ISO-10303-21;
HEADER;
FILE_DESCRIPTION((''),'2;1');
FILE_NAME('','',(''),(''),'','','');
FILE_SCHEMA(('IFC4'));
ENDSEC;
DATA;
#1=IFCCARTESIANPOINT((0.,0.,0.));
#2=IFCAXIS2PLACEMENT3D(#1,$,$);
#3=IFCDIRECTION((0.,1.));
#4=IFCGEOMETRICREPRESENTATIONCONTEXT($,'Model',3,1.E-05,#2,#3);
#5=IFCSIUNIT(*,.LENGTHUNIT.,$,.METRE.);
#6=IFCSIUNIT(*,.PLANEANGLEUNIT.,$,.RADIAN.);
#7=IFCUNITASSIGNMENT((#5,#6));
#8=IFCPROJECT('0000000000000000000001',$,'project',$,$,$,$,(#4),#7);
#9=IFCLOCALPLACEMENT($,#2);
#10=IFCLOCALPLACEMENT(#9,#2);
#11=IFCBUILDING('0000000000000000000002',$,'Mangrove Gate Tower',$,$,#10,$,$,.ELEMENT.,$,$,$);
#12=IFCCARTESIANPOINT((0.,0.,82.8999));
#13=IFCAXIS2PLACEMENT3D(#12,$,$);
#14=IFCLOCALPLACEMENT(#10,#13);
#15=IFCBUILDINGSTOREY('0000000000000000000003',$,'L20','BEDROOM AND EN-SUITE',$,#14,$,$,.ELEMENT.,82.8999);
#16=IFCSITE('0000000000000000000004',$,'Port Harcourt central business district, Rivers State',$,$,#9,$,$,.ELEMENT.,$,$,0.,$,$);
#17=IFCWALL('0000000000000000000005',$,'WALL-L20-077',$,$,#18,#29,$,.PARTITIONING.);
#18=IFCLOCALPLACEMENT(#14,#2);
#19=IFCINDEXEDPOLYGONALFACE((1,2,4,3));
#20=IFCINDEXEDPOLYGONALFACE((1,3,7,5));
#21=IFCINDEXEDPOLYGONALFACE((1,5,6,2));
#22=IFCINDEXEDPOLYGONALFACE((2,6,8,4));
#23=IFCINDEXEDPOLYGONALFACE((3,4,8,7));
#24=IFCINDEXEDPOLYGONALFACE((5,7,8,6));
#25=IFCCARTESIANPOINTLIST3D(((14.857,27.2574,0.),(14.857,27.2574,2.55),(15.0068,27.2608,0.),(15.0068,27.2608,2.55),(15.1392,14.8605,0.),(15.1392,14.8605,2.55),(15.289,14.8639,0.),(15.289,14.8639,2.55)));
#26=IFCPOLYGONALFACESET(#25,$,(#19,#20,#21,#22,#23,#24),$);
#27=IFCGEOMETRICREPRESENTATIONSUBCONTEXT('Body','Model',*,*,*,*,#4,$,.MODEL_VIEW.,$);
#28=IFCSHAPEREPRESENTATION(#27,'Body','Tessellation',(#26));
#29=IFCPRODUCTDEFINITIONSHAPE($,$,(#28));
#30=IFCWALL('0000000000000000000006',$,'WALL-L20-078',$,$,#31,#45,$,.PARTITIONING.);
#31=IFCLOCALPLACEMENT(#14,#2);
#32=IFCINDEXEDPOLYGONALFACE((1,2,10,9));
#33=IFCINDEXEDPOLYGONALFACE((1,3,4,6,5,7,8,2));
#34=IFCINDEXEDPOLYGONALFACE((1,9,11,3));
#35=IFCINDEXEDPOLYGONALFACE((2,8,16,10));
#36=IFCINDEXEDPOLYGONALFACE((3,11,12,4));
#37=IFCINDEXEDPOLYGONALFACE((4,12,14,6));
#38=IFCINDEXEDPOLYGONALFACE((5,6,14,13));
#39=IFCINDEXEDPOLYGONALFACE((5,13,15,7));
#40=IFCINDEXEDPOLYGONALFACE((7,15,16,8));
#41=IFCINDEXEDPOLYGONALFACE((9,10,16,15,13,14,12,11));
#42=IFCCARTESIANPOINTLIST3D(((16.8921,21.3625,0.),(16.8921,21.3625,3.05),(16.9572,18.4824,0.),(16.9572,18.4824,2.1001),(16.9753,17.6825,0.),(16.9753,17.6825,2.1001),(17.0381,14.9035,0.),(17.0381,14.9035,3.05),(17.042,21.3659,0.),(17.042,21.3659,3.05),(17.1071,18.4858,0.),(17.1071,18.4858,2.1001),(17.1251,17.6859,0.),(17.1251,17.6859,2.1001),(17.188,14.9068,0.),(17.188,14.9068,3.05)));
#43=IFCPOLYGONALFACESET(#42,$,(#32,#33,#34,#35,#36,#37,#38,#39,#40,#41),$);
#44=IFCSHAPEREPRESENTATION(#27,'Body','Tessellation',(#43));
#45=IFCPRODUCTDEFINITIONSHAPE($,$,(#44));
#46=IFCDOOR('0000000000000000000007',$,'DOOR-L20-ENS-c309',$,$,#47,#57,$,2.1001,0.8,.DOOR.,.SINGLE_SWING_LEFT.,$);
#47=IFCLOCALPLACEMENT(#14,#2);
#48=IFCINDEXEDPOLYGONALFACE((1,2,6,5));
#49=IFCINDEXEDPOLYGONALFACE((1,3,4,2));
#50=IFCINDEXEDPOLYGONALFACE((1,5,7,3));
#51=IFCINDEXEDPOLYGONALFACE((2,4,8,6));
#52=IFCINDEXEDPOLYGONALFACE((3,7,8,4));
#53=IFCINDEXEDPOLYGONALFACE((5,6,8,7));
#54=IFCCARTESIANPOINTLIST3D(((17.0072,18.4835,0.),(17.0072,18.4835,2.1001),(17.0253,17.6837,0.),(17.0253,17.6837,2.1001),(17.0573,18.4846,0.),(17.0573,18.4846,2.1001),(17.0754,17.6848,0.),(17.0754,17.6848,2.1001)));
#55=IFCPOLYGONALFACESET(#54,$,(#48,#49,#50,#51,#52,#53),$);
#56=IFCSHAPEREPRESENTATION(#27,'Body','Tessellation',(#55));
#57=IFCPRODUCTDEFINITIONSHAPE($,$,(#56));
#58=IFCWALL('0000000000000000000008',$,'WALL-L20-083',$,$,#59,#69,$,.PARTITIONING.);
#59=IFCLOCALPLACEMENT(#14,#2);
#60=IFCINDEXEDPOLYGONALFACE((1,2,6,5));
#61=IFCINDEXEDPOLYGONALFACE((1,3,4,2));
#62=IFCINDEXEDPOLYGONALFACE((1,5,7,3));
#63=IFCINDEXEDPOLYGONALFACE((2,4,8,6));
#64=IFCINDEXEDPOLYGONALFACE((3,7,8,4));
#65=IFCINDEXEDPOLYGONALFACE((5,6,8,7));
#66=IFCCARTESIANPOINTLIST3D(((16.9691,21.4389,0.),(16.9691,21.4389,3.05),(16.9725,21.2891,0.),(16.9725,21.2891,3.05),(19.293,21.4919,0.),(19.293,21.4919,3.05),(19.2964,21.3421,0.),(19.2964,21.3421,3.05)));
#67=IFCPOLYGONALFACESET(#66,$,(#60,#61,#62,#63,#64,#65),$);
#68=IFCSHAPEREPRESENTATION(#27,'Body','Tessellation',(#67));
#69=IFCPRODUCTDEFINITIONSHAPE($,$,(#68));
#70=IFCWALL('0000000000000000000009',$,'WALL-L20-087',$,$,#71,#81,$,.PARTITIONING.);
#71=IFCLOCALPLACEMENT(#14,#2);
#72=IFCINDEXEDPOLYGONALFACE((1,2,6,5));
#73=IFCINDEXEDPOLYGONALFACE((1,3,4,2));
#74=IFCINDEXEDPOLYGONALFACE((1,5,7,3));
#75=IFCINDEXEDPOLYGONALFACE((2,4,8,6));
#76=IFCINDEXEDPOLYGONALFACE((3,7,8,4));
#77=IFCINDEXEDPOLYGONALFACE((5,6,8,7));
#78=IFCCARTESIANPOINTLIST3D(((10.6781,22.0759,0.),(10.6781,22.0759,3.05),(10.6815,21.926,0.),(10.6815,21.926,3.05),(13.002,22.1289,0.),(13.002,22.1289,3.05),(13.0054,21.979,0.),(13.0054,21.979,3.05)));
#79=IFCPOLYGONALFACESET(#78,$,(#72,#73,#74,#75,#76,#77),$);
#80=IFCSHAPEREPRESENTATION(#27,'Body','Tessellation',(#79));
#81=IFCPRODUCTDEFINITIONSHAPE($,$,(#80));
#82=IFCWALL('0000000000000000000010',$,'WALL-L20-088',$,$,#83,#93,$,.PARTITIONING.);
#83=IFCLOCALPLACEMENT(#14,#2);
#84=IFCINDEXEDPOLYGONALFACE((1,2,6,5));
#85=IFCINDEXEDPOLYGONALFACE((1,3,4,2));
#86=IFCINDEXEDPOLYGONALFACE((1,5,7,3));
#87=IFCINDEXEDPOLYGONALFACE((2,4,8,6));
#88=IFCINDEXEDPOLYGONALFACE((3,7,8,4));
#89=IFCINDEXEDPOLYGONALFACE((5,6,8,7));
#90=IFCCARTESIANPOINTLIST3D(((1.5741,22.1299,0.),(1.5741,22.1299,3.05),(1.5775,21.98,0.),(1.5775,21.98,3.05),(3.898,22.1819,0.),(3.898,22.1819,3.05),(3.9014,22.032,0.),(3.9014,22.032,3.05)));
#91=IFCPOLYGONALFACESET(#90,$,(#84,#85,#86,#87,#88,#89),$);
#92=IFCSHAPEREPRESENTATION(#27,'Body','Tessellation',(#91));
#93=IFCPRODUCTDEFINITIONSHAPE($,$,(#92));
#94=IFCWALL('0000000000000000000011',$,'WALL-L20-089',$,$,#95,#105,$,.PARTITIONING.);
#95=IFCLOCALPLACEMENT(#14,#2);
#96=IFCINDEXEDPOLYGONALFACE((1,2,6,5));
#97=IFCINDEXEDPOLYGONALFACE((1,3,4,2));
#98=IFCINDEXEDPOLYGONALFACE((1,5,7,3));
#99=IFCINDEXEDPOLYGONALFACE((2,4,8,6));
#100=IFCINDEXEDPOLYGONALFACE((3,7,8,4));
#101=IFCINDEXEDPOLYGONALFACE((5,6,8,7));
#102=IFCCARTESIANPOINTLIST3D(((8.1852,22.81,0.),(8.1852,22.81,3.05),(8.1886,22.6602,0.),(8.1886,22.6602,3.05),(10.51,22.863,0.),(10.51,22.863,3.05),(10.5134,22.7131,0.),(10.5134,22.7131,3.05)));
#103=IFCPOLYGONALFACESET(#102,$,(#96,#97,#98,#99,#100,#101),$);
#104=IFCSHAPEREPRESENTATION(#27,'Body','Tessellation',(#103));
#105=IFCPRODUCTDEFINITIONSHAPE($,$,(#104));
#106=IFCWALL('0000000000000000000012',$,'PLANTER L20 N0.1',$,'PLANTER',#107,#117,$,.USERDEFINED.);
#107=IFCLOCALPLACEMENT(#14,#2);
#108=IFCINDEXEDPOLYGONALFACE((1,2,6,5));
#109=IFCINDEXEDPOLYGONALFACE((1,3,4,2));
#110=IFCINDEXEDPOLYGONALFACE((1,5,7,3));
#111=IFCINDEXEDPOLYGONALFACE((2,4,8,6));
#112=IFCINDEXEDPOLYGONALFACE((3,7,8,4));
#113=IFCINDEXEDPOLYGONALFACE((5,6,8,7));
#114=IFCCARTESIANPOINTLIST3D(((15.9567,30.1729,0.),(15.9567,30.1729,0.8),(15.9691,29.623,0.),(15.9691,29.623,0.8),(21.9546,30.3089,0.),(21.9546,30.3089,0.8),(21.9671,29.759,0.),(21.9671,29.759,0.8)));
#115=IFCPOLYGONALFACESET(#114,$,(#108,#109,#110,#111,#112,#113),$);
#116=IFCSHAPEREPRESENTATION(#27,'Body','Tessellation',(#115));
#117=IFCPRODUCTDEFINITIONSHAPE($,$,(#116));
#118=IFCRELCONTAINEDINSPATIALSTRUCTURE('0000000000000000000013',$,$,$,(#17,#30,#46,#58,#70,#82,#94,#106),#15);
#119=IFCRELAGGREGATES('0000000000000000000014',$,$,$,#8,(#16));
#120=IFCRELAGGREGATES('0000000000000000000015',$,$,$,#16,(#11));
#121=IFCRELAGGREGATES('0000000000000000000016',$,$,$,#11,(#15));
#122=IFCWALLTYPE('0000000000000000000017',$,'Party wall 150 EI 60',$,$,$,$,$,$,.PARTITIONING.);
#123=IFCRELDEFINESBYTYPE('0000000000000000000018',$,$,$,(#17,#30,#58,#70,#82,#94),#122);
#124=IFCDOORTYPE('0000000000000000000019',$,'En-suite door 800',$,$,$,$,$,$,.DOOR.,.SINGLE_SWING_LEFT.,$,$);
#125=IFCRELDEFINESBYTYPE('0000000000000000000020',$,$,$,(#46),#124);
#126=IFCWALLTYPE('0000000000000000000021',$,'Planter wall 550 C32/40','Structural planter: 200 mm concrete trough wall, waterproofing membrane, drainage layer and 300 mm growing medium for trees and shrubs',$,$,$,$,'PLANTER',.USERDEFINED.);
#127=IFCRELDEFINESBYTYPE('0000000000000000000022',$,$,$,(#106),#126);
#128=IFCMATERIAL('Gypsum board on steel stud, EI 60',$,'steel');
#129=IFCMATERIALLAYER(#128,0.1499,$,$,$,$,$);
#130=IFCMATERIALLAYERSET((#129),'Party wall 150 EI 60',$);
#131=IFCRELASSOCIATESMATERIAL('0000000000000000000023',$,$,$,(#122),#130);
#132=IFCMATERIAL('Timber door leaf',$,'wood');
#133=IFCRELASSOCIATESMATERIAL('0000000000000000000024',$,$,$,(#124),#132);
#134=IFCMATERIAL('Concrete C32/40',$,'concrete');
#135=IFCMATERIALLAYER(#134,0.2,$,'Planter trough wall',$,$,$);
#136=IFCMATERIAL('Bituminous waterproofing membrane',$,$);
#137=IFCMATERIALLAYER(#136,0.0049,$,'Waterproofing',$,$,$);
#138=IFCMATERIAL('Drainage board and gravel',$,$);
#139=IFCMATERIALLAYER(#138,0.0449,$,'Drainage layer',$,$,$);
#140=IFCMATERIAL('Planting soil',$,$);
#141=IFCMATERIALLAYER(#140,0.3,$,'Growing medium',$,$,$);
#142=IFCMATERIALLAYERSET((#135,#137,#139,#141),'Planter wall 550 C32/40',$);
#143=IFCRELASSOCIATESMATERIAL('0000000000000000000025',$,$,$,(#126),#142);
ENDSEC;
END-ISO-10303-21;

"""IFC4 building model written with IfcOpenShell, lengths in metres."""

from ifc_helpers import new_model, si_unit, direction, frame, frame_2d, origin, place, context, subcontext, project, spatial, rectangle, extrude, material, layer, layer_set, type_object, element, fill, save


model = new_model("IFC4")

# Units and contexts
model_context = context("Model", 3, precision=1e-05, world=origin(), true_north=direction((0.0, 1.0)))
body_context = subcontext(model_context, "Body", "Model", "MODEL_VIEW")
ifc_project = project(units=[si_unit("LENGTHUNIT", "METRE"), si_unit("PLANEANGLEUNIT", "RADIAN")], contexts=[model_context])

# Site, building, storey
site_placement = place(None, origin())
site = spatial("IfcSite", under=ifc_project, at=site_placement, Name="Port Harcourt central business district, Rivers State", CompositionType="ELEMENT", RefElevation=0.0)
building_placement = place(site_placement, origin())
building = spatial("IfcBuilding", under=site, at=building_placement, Name="Mangrove Gate Tower", CompositionType="ELEMENT")
storey_placement = place(building_placement, frame((0.0, 0.0, 82.8999)))
storey = spatial("IfcBuildingStorey", under=building, at=storey_placement, Name="L20", Description="BEDROOM AND EN-SUITE", CompositionType="ELEMENT", Elevation=82.8999)

# Shared definitions
ifc_material_1 = material(Name="Gypsum board on steel stud, EI 60", Category="steel")
ifc_layer_1 = layer(ifc_material_1, 0.1499)
ifc_layer_set_1 = layer_set([ifc_layer_1], Name="Party wall 150 EI 60")
wall_type_1 = type_object("IfcWallType", Name="Party wall 150 EI 60", PredefinedType="PARTITIONING", material=ifc_layer_set_1)

# Shared definitions
ifc_material_2 = material(Name="Timber door leaf", Category="wood")
door_type = type_object("IfcDoorType", Name="En-suite door 800", OperationType="SINGLE_SWING_LEFT", PredefinedType="DOOR", material=ifc_material_2)

# Wall
wall_1_placement = place(storey_placement, frame((15.2141, 14.8621, 0.0), z_axis=(0.0, 0.0, 1.0), x_axis=(-0.02276, 0.999741, 0.0)))
element("IfcWall", 1, at=wall_1_placement, inside=storey, type_object=wall_type_1, Name="WALL-L20-077", PredefinedType="PARTITIONING", context=body_context, shape_type="SweptSolid", body=[
    extrude(rectangle(XDim=12.4001, YDim=0.1499, at=frame_2d((6.2002, 0.0))), origin(), (0.0, 0.0, 1.0), 2.55),
])

# Wall, opening, door
wall_2_placement = place(storey_placement, frame((17.113, 14.905, 0.0), z_axis=(0.0, 0.0, 1.0), x_axis=(-0.022598, 0.999745, 0.0)))
wall_2 = element("IfcWall", 2, at=wall_2_placement, inside=storey, type_object=wall_type_1, Name="WALL-L20-078", PredefinedType="PARTITIONING", context=body_context, shape_type="SweptSolid", body=[
    extrude(rectangle(XDim=6.4607, YDim=0.1499, at=frame_2d((3.2305, 0.0))), origin(), (0.0, 0.0, 1.0), 3.05),
])
opening_1_placement = place(wall_2_placement, frame((2.78, 0.0, 0.0)))
opening_1 = element("IfcOpeningElement", 3, at=opening_1_placement, cuts=wall_2, PredefinedType="OPENING", context=body_context, shape_type="SweptSolid", body=[
    extrude(rectangle(XDim=0.8, YDim=2.1001, at=frame_2d((0.3999, 1.05))), frame((0.0, 0.085, 0.0), z_axis=(0.0, -1.0, 0.0), x_axis=(1.0, 0.0, 0.0)), (0.0, 0.0, 1.0), 0.1699),
])
door_1_placement = place(opening_1_placement, origin())
door_1 = element("IfcDoor", 4, at=door_1_placement, inside=storey, type_object=door_type, Name="DOOR-L20-ENS-c309", OperationType="SINGLE_SWING_LEFT", OverallHeight=2.1001, OverallWidth=0.8, PredefinedType="DOOR", context=body_context, shape_type="SweptSolid", body=[
    extrude(rectangle(XDim=0.8, YDim=2.1001, at=frame_2d((0.3999, 1.05))), frame((0.0, 0.0249, 0.0), z_axis=(0.0, -1.0, 0.0), x_axis=(1.0, 0.0, 0.0)), (0.0, 0.0, 1.0), 0.05),
])
fill(opening_1, door_1)

# Walls
for number, where, z_axis, x_axis, name in (
    (5, (16.9709, 21.364, 0.0), (0.0, 0.0, 1.0), (0.99974, 0.022791, 0.0), "WALL-L20-083"),
    (6, (10.6799, 22.001, 0.0), (0.0, 0.0, 1.0), (0.99974, 0.022791, 0.0), "WALL-L20-087"),
    (7, (1.5759, 22.0549, 0.0), (0.0, 0.0, 1.0), (0.99975, 0.022371, 0.0), "WALL-L20-088"),
):
    element("IfcWall", number, at=place(storey_placement, frame(where, z_axis=z_axis, x_axis=x_axis)), inside=storey, type_object=wall_type_1, Name=name, PredefinedType="PARTITIONING", context=body_context, shape_type="SweptSolid", body=[
        extrude(rectangle(XDim=2.3245, YDim=0.1499, at=frame_2d((1.1621, 0.0))), origin(), (0.0, 0.0, 1.0), 3.05),
    ])
wall_3_placement = place(storey_placement, frame((8.187, 22.7351, 0.0), z_axis=(0.0, 0.0, 1.0), x_axis=(0.99974, 0.022781, 0.0)))
element("IfcWall", 8, at=wall_3_placement, inside=storey, type_object=wall_type_1, Name="WALL-L20-089", PredefinedType="PARTITIONING", context=body_context, shape_type="SweptSolid", body=[
    extrude(rectangle(XDim=2.3254, YDim=0.1499, at=frame_2d((1.1626, 0.0))), origin(), (0.0, 0.0, 1.0), 3.05),
])
ifc_material_3 = material(Name="Concrete C32/40", Category="concrete")
ifc_layer_2 = layer(ifc_material_3, 0.2, Name="Planter trough wall")
ifc_material_4 = material(Name="Bituminous waterproofing membrane")
ifc_layer_3 = layer(ifc_material_4, 0.0049, Name="Waterproofing")
ifc_material_5 = material(Name="Drainage board and gravel")
ifc_layer_4 = layer(ifc_material_5, 0.0449, Name="Drainage layer")
ifc_material_6 = material(Name="Planting soil")
ifc_layer_5 = layer(ifc_material_6, 0.3, Name="Growing medium")
ifc_layer_set_2 = layer_set([ifc_layer_2, ifc_layer_3, ifc_layer_4, ifc_layer_5], Name="Planter wall 550 C32/40")
wall_type_2 = type_object("IfcWallType", Name="Planter wall 550 C32/40", Description="Structural planter: 200 mm concrete trough wall, waterproofing membrane, drainage layer and 300 mm growing medium for trees and shrubs", ElementType="PLANTER", PredefinedType="USERDEFINED", material=ifc_layer_set_2)
wall_4_placement = place(storey_placement, frame((15.9629, 29.8979, 0.0), z_axis=(0.0, 0.0, 1.0), x_axis=(0.999743, 0.022666, 0.0)))
element("IfcWall", 9, at=wall_4_placement, inside=storey, type_object=wall_type_2, Name="PLANTER L20 N0.1", ObjectType="PLANTER", PredefinedType="USERDEFINED", context=body_context, shape_type="SweptSolid", body=[
    extrude(rectangle(XDim=5.9995, YDim=0.55, at=frame_2d((2.9998, 0.0))), origin(), (0.0, 0.0, 1.0), 0.8),
])

save(model, "model.ifc")
